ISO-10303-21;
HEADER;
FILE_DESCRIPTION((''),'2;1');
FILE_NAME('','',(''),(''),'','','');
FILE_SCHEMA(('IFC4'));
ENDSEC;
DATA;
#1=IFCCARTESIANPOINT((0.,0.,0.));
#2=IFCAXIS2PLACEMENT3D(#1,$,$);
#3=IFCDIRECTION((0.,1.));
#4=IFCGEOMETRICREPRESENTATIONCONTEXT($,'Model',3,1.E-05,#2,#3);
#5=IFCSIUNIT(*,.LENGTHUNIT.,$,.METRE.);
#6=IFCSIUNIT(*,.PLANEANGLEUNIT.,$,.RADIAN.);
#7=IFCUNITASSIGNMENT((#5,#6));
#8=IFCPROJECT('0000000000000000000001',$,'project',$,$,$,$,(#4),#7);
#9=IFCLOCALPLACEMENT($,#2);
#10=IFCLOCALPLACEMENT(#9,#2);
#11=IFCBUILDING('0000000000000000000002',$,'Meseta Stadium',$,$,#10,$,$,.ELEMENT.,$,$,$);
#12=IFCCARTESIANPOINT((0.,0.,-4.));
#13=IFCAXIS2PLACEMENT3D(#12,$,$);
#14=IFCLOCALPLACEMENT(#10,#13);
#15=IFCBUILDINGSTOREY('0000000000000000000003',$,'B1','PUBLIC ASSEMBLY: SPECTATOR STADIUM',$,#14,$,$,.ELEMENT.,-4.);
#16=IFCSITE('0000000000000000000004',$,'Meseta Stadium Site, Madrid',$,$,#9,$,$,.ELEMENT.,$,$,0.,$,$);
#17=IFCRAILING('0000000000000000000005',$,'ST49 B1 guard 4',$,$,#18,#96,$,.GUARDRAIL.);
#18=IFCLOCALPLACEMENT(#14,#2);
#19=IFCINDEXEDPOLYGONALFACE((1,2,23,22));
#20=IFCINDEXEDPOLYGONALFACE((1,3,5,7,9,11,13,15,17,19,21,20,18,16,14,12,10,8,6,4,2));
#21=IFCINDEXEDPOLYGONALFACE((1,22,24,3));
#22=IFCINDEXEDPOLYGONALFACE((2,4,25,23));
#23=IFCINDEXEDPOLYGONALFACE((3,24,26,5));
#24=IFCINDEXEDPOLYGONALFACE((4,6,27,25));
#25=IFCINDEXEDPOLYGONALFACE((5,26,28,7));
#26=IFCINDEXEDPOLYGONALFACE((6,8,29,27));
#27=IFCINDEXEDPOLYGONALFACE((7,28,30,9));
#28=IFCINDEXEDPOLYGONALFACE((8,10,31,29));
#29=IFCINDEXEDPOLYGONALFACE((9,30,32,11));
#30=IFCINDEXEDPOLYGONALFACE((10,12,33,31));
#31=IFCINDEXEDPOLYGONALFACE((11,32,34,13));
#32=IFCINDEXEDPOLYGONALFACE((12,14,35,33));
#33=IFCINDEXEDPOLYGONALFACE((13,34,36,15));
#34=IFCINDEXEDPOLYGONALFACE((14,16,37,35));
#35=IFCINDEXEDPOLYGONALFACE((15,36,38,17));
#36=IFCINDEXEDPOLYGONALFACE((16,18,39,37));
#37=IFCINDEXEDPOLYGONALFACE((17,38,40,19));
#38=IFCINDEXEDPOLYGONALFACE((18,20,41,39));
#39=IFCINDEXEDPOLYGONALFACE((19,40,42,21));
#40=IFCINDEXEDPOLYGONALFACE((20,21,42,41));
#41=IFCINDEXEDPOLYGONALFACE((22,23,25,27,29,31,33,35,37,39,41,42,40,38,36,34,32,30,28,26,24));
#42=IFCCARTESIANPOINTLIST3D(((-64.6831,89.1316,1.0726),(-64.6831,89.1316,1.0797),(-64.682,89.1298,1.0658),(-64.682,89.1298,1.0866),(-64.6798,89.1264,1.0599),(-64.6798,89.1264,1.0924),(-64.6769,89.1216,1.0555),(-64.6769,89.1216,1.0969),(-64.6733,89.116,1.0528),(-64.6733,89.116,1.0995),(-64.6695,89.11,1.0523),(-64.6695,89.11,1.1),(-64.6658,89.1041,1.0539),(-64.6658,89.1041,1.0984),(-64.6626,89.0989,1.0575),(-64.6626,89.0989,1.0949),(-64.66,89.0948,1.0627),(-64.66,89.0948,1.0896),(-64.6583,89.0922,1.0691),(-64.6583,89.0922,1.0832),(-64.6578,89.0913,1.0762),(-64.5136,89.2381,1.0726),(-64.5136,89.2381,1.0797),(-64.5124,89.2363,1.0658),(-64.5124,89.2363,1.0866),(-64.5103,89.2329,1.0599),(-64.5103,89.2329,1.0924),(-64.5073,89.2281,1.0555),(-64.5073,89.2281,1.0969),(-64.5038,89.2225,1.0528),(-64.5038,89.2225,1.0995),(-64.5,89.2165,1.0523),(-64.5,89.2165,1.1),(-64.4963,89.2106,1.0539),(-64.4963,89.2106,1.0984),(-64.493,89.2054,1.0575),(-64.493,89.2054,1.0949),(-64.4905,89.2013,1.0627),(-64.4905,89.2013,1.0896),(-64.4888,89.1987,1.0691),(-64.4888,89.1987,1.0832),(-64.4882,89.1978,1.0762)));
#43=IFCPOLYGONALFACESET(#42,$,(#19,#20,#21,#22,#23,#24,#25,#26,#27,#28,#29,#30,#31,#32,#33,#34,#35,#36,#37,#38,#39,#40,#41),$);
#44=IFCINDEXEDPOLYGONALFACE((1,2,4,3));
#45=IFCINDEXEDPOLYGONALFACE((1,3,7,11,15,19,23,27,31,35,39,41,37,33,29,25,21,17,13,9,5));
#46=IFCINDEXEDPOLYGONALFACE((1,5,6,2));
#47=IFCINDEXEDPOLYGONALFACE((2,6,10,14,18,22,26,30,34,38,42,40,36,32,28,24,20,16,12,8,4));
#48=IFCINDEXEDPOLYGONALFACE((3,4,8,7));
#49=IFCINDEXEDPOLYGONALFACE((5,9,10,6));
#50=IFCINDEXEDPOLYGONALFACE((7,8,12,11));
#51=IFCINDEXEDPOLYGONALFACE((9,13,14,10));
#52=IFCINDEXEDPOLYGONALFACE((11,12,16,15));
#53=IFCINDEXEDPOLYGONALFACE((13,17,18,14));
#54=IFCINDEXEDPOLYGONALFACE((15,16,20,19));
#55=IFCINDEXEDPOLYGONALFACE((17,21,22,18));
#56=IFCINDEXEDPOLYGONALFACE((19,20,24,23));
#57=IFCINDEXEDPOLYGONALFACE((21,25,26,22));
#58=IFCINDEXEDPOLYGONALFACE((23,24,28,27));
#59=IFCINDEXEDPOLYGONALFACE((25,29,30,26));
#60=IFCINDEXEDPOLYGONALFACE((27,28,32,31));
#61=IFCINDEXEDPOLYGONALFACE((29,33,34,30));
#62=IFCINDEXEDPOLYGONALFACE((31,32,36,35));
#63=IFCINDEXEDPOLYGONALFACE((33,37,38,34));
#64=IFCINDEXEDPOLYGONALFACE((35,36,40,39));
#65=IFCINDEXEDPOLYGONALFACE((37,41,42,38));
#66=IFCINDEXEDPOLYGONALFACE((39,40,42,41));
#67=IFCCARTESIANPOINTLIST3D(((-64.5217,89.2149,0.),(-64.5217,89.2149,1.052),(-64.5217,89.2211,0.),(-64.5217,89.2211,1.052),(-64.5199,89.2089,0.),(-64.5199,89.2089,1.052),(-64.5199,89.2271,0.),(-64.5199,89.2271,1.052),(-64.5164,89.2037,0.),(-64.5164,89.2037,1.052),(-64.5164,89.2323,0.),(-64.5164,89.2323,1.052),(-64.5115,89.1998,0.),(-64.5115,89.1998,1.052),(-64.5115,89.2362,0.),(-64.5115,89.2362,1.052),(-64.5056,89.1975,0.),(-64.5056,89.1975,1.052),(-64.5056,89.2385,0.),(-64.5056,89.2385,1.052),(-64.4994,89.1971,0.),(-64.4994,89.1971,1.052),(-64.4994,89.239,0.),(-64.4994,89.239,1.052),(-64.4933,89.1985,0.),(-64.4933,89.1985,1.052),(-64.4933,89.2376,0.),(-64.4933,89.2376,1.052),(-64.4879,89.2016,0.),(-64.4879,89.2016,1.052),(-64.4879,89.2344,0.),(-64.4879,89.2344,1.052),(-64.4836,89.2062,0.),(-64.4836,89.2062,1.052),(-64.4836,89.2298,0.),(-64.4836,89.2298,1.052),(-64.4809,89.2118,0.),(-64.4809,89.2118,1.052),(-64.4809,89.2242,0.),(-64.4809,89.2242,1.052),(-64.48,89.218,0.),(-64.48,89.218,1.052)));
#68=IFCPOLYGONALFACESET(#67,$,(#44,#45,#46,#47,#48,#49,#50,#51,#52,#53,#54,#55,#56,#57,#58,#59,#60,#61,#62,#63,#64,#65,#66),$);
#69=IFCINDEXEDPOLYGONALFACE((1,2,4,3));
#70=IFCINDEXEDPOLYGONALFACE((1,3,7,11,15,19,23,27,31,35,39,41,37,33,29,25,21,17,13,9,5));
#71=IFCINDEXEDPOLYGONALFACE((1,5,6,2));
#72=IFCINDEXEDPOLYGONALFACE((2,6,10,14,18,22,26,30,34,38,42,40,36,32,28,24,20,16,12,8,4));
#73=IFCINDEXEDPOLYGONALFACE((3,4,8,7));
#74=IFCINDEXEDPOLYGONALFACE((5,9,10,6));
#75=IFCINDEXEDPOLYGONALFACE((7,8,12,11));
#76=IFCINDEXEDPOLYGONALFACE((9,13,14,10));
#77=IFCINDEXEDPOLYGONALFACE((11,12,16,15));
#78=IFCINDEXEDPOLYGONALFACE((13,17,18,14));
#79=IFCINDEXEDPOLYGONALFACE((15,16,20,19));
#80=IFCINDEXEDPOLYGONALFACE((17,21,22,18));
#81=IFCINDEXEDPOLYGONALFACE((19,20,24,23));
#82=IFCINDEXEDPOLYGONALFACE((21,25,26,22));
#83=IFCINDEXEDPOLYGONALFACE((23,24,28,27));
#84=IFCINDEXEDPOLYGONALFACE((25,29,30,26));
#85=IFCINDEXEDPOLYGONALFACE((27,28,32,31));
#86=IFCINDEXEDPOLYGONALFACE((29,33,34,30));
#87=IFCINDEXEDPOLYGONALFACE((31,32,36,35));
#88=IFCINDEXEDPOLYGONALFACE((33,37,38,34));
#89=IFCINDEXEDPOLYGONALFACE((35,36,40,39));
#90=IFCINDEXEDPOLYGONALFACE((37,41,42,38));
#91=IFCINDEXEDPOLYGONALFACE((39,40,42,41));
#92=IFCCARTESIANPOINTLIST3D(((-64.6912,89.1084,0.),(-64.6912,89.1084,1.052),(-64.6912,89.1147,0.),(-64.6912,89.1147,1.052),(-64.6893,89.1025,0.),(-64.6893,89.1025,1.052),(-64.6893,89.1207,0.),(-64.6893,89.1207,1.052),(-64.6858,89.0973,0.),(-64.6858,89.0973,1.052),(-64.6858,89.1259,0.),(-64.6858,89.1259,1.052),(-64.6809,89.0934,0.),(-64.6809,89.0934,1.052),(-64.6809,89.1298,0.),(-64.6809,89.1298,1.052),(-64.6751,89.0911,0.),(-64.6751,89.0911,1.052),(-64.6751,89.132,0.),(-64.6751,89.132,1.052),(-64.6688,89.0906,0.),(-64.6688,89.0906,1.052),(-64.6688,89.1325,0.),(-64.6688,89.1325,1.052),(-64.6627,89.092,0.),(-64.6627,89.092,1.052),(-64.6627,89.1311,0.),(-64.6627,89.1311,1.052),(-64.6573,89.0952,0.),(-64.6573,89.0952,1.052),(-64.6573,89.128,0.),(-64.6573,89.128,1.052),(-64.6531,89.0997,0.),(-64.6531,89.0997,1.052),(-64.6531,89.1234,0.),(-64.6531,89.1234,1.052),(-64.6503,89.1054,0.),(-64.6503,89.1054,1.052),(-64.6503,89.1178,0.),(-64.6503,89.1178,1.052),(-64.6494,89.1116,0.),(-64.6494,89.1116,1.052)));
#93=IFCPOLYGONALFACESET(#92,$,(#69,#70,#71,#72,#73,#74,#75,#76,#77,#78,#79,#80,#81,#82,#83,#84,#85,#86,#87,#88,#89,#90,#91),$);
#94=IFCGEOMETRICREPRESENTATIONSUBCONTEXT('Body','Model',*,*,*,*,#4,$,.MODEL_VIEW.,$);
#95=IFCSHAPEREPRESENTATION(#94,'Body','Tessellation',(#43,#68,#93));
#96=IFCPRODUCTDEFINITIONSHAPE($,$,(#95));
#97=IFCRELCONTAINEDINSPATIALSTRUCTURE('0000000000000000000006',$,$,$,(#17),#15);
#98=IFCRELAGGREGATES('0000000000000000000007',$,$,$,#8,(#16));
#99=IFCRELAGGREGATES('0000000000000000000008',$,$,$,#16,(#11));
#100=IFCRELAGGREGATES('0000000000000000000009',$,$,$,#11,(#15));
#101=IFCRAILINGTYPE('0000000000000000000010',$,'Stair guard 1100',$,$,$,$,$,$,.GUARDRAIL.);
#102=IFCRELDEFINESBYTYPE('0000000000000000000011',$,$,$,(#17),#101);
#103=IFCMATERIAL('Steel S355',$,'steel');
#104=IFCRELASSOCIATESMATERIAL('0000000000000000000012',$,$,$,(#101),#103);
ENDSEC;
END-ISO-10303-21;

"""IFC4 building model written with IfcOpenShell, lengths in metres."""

from ifc_helpers import new_model, si_unit, direction, frame, origin, origin_2d, place, context, subcontext, project, spatial, circle, extrude, material, type_object, element, save


model = new_model("IFC4")

# Units and contexts
model_context = context("Model", 3, precision=1e-05, world=origin(), true_north=direction((0.0, 1.0)))
body_context = subcontext(model_context, "Body", "Model", "MODEL_VIEW")
ifc_project = project(units=[si_unit("LENGTHUNIT", "METRE"), si_unit("PLANEANGLEUNIT", "RADIAN")], contexts=[model_context])

# Site, building, storey
site_placement = place(None, origin())
site = spatial("IfcSite", under=ifc_project, at=site_placement, Name="Meseta Stadium Site, Madrid", CompositionType="ELEMENT", RefElevation=0.0)
building_placement = place(site_placement, origin())
building = spatial("IfcBuilding", under=site, at=building_placement, Name="Meseta Stadium", CompositionType="ELEMENT")
storey_placement = place(building_placement, frame((0.0, 0.0, -4.0)))
storey = spatial("IfcBuildingStorey", under=building, at=storey_placement, Name="B1", Description="PUBLIC ASSEMBLY: SPECTATOR STADIUM", CompositionType="ELEMENT", Elevation=-4.0)

# Railing
ifc_material_1 = material(Name="Steel S355", Category="steel")
railing_type_1 = type_object("IfcRailingType", Name="Stair guard 1100", PredefinedType="GUARDRAIL", material=ifc_material_1)
railing_1_placement = place(storey_placement, frame((-64.501, 89.218, 0.0)))
element("IfcRailing", 1, at=railing_1_placement, inside=storey, type_object=railing_type_1, Name="ST49 B1 guard 4", PredefinedType="GUARDRAIL", context=body_context, shape_type="SweptSolid", body=[
    extrude(circle(Radius=0.0239, at=origin_2d()), frame((0.0, 0.0, 1.0762), z_axis=(-0.846762, -0.531972, 0.0), x_axis=(0.531972, -0.846762, 0.0)), (0.0, 0.0, 1.0), 0.2002),
    extrude(circle(Radius=0.021, at=origin_2d()), origin(), (0.0, 0.0, 1.0), 1.052),
    extrude(circle(Radius=0.021, at=origin_2d()), frame((-0.1694, -0.1064, 0.0)), (0.0, 0.0, 1.0), 1.052),
])

save(model, "model.ifc")
